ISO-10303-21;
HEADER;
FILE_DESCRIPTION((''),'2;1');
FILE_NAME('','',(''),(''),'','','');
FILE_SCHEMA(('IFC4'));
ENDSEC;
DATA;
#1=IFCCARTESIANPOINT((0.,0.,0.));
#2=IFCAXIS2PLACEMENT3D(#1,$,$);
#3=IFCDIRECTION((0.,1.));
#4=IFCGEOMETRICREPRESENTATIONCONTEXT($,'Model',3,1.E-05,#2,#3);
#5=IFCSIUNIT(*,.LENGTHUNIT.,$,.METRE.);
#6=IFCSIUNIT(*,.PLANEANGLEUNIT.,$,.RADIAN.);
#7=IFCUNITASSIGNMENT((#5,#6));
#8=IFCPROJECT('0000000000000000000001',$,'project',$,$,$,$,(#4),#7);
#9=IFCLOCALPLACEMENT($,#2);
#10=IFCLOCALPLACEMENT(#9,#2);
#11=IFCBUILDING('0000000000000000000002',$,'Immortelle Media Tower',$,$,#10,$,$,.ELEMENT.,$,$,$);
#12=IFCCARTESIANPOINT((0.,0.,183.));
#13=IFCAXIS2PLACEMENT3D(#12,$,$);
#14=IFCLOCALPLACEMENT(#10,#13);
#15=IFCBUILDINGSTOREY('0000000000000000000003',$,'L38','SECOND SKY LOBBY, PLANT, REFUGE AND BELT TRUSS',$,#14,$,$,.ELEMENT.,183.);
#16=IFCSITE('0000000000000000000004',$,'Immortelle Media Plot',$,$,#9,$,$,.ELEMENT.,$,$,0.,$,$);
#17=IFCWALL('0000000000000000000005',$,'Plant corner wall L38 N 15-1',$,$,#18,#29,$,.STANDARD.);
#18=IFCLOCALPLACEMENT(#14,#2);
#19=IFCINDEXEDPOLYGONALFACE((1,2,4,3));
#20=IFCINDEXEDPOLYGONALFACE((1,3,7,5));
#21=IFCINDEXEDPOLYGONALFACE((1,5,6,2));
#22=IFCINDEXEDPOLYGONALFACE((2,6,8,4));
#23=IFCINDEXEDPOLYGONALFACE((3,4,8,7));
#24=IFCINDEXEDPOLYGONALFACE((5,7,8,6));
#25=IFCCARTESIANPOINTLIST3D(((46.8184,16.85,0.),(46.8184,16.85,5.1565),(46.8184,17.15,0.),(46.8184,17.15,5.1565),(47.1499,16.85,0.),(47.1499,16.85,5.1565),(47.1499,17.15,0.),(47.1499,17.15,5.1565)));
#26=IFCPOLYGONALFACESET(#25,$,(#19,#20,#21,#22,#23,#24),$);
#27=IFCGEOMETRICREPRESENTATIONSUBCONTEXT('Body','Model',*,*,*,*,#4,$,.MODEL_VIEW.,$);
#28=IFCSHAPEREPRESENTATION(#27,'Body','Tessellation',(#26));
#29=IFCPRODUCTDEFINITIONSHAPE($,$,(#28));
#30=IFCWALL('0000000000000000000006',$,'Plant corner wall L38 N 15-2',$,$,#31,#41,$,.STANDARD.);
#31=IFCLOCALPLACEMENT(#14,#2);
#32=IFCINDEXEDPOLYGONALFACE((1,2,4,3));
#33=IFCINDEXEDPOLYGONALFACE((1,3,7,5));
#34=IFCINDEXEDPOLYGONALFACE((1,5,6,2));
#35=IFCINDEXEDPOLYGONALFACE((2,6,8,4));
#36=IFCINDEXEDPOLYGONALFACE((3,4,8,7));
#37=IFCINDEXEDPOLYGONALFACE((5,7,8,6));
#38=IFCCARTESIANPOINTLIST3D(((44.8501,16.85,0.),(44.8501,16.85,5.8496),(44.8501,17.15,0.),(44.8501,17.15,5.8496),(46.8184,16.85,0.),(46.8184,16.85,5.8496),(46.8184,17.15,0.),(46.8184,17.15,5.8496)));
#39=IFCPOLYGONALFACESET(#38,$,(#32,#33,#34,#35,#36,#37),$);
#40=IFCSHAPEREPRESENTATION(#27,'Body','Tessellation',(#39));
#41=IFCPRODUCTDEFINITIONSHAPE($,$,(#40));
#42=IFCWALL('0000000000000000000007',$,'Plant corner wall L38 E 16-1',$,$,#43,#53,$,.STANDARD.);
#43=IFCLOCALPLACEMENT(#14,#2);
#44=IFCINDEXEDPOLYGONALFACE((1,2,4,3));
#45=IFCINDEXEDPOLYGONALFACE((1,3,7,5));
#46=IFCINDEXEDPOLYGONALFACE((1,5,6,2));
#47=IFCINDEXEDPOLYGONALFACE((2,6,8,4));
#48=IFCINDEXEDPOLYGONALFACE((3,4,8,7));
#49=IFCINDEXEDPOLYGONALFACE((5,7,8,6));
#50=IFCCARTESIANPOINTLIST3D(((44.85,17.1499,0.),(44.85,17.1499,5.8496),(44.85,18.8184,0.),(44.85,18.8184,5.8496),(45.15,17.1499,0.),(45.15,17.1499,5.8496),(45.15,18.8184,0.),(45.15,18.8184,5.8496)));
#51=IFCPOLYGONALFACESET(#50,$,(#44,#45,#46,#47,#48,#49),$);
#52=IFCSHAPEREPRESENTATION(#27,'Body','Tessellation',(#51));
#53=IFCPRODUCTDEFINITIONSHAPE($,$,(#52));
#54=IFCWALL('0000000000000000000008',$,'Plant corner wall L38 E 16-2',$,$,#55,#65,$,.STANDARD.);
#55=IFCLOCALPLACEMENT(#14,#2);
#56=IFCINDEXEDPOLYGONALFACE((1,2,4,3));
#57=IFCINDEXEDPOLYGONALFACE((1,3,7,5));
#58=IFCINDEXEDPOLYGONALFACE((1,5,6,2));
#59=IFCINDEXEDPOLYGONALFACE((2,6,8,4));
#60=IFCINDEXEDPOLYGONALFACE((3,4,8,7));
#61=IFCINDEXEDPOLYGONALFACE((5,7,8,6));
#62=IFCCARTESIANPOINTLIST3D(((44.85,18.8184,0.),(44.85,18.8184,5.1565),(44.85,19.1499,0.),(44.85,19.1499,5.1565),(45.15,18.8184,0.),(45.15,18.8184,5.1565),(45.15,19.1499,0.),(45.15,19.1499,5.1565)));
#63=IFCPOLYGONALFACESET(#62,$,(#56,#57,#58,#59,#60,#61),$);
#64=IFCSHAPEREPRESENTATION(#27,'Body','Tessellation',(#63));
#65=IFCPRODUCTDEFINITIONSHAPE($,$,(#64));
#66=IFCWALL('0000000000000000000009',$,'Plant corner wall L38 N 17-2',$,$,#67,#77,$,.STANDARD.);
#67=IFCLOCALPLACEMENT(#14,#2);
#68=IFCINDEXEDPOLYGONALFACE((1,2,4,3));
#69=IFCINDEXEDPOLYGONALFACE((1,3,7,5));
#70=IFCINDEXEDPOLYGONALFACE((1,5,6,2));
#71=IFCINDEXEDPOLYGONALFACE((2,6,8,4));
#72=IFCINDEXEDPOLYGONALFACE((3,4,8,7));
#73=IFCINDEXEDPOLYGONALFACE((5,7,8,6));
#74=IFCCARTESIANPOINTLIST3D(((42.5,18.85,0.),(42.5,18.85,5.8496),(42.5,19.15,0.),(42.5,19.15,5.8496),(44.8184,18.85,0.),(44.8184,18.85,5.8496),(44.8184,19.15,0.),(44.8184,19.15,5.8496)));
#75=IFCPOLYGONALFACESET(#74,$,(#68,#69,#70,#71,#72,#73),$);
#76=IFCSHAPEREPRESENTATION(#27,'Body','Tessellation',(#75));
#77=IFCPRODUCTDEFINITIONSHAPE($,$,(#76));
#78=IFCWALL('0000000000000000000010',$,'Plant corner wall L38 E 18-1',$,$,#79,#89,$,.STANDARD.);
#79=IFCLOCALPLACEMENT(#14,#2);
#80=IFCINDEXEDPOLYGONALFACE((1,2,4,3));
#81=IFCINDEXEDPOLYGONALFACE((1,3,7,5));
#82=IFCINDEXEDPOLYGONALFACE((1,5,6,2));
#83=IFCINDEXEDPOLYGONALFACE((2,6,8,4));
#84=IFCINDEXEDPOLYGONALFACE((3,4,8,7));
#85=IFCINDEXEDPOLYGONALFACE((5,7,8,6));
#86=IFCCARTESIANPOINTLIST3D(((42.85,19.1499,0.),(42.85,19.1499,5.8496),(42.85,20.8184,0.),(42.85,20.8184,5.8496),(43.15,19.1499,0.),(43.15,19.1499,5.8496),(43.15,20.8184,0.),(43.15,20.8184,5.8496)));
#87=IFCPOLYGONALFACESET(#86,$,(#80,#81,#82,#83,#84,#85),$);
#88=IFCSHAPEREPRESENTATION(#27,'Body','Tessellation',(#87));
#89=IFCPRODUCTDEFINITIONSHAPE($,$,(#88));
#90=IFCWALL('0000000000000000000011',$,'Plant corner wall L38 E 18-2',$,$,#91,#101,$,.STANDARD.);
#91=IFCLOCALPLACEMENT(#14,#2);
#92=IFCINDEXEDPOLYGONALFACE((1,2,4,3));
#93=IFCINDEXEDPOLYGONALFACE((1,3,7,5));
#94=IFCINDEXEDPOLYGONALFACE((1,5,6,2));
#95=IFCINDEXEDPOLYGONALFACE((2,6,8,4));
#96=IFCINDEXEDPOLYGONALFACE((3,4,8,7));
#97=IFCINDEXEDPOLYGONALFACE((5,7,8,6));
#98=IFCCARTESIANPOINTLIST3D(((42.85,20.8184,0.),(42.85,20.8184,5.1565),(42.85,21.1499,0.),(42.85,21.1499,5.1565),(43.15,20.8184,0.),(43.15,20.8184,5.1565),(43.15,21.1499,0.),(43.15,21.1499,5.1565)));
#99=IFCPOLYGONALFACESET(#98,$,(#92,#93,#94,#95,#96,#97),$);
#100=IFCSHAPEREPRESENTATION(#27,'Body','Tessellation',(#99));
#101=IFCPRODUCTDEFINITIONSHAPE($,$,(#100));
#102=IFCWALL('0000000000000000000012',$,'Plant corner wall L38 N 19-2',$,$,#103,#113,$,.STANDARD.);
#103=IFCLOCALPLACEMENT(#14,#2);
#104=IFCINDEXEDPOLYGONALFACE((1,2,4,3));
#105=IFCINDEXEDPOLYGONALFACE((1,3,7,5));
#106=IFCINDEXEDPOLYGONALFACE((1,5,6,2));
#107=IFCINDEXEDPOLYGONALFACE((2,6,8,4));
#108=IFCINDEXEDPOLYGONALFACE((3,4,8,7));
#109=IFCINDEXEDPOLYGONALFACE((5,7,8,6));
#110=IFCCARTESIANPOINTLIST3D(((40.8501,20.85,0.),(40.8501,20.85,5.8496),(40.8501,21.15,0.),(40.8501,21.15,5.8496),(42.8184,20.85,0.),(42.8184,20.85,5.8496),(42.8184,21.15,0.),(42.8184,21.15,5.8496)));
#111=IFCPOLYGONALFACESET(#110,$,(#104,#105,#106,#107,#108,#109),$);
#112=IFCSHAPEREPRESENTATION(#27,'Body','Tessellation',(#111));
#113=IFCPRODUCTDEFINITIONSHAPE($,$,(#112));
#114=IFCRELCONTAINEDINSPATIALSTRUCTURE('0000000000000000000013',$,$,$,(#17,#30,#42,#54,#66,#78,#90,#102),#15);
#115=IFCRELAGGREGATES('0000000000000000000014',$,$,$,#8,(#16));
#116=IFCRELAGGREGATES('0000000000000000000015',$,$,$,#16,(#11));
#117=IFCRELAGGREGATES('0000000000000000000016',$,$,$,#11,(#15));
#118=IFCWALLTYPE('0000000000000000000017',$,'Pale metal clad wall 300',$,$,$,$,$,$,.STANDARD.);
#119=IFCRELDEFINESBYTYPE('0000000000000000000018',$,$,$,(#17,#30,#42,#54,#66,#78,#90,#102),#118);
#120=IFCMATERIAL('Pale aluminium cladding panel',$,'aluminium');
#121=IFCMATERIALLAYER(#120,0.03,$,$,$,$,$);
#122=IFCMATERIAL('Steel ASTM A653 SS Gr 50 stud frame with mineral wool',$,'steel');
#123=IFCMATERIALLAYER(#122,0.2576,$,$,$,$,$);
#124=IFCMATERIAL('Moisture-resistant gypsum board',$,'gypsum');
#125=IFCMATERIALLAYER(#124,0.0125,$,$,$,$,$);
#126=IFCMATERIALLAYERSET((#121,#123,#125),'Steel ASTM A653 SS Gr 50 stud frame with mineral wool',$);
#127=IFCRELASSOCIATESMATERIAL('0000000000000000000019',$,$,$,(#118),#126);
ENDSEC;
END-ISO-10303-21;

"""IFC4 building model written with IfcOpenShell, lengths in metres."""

from ifc_helpers import new_model, si_unit, direction, frame, frame_2d, origin, place, context, subcontext, project, spatial, rectangle, extrude, material, layer, layer_set, type_object, element, save


model = new_model("IFC4")

# Units and contexts
model_context = context("Model", 3, precision=1e-05, world=origin(), true_north=direction((0.0, 1.0)))
body_context = subcontext(model_context, "Body", "Model", "MODEL_VIEW")
ifc_project = project(units=[si_unit("LENGTHUNIT", "METRE"), si_unit("PLANEANGLEUNIT", "RADIAN")], contexts=[model_context])

# Site, building, storey
site_placement = place(None, origin())
site = spatial("IfcSite", under=ifc_project, at=site_placement, Name="Immortelle Media Plot", CompositionType="ELEMENT", RefElevation=0.0)
building_placement = place(site_placement, origin())
building = spatial("IfcBuilding", under=site, at=building_placement, Name="Immortelle Media Tower", CompositionType="ELEMENT")
storey_placement = place(building_placement, frame((0.0, 0.0, 183.0)))
storey = spatial("IfcBuildingStorey", under=building, at=storey_placement, Name="L38", Description="SECOND SKY LOBBY, PLANT, REFUGE AND BELT TRUSS", CompositionType="ELEMENT", Elevation=183.0)

# Walls
ifc_material_1 = material(Name="Pale aluminium cladding panel", Category="aluminium")
ifc_layer_1 = layer(ifc_material_1, 0.03)
ifc_material_2 = material(Name="Steel ASTM A653 SS Gr 50 stud frame with mineral wool", Category="steel")
ifc_layer_2 = layer(ifc_material_2, 0.2576)
ifc_material_3 = material(Name="Moisture-resistant gypsum board", Category="gypsum")
ifc_layer_3 = layer(ifc_material_3, 0.0125)
ifc_layer_set_1 = layer_set([ifc_layer_1, ifc_layer_2, ifc_layer_3], Name="Steel ASTM A653 SS Gr 50 stud frame with mineral wool")
wall_type = type_object("IfcWallType", Name="Pale metal clad wall 300", PredefinedType="STANDARD", material=ifc_layer_set_1)
wall_1_placement = place(storey_placement, frame((47.1499, 17.0, 0.0), z_axis=(0.0, 0.0, 1.0), x_axis=(-1.0, 0.0, 0.0)))
element("IfcWall", 1, at=wall_1_placement, inside=storey, type_object=wall_type, Name="Plant corner wall L38 N 15-1", PredefinedType="STANDARD", context=body_context, shape_type="SweptSolid", body=[
    extrude(rectangle(XDim=0.3315, YDim=0.3, at=frame_2d((0.1658, 0.0))), origin(), (0.0, 0.0, 1.0), 5.1565),
])
wall_2_placement = place(storey_placement, frame((46.8184, 17.0, 0.0), z_axis=(0.0, 0.0, 1.0), x_axis=(-1.0, 0.0, 0.0)))
element("IfcWall", 2, at=wall_2_placement, inside=storey, type_object=wall_type, Name="Plant corner wall L38 N 15-2", PredefinedType="STANDARD", context=body_context, shape_type="SweptSolid", body=[
    extrude(rectangle(XDim=1.9683, YDim=0.3, at=frame_2d((0.9841, 0.0))), origin(), (0.0, 0.0, 1.0), 5.8496),
])
wall_3_placement = place(storey_placement, frame((45.0, 17.1499, 0.0), z_axis=(0.0, 0.0, 1.0), x_axis=(0.0, 1.0, 0.0)))
element("IfcWall", 3, at=wall_3_placement, inside=storey, type_object=wall_type, Name="Plant corner wall L38 E 16-1", PredefinedType="STANDARD", context=body_context, shape_type="SweptSolid", body=[
    extrude(rectangle(XDim=1.6685, YDim=0.3, at=frame_2d((0.8342, 0.0))), origin(), (0.0, 0.0, 1.0), 5.8496),
])
wall_4_placement = place(storey_placement, frame((45.0, 18.8184, 0.0), z_axis=(0.0, 0.0, 1.0), x_axis=(0.0, 1.0, 0.0)))
element("IfcWall", 4, at=wall_4_placement, inside=storey, type_object=wall_type, Name="Plant corner wall L38 E 16-2", PredefinedType="STANDARD", context=body_context, shape_type="SweptSolid", body=[
    extrude(rectangle(XDim=0.3315, YDim=0.3, at=frame_2d((0.1658, 0.0))), origin(), (0.0, 0.0, 1.0), 5.1565),
])
wall_5_placement = place(storey_placement, frame((44.8184, 19.0, 0.0), z_axis=(0.0, 0.0, 1.0), x_axis=(-1.0, 0.0, 0.0)))
element("IfcWall", 5, at=wall_5_placement, inside=storey, type_object=wall_type, Name="Plant corner wall L38 N 17-2", PredefinedType="STANDARD", context=body_context, shape_type="SweptSolid", body=[
    extrude(rectangle(XDim=2.3184, YDim=0.3, at=frame_2d((1.1592, 0.0))), origin(), (0.0, 0.0, 1.0), 5.8496),
])
wall_6_placement = place(storey_placement, frame((43.0, 19.1499, 0.0), z_axis=(0.0, 0.0, 1.0), x_axis=(0.0, 1.0, 0.0)))
element("IfcWall", 6, at=wall_6_placement, inside=storey, type_object=wall_type, Name="Plant corner wall L38 E 18-1", PredefinedType="STANDARD", context=body_context, shape_type="SweptSolid", body=[
    extrude(rectangle(XDim=1.6685, YDim=0.3, at=frame_2d((0.8342, 0.0))), origin(), (0.0, 0.0, 1.0), 5.8496),
])
wall_7_placement = place(storey_placement, frame((43.0, 20.8184, 0.0), z_axis=(0.0, 0.0, 1.0), x_axis=(0.0, 1.0, 0.0)))
element("IfcWall", 7, at=wall_7_placement, inside=storey, type_object=wall_type, Name="Plant corner wall L38 E 18-2", PredefinedType="STANDARD", context=body_context, shape_type="SweptSolid", body=[
    extrude(rectangle(XDim=0.3315, YDim=0.3, at=frame_2d((0.1658, 0.0))), origin(), (0.0, 0.0, 1.0), 5.1565),
])
wall_8_placement = place(storey_placement, frame((42.8184, 21.0, 0.0), z_axis=(0.0, 0.0, 1.0), x_axis=(-1.0, 0.0, 0.0)))
element("IfcWall", 8, at=wall_8_placement, inside=storey, type_object=wall_type, Name="Plant corner wall L38 N 19-2", PredefinedType="STANDARD", context=body_context, shape_type="SweptSolid", body=[
    extrude(rectangle(XDim=1.9683, YDim=0.3, at=frame_2d((0.9841, 0.0))), origin(), (0.0, 0.0, 1.0), 5.8496),
])

save(model, "model.ifc")
